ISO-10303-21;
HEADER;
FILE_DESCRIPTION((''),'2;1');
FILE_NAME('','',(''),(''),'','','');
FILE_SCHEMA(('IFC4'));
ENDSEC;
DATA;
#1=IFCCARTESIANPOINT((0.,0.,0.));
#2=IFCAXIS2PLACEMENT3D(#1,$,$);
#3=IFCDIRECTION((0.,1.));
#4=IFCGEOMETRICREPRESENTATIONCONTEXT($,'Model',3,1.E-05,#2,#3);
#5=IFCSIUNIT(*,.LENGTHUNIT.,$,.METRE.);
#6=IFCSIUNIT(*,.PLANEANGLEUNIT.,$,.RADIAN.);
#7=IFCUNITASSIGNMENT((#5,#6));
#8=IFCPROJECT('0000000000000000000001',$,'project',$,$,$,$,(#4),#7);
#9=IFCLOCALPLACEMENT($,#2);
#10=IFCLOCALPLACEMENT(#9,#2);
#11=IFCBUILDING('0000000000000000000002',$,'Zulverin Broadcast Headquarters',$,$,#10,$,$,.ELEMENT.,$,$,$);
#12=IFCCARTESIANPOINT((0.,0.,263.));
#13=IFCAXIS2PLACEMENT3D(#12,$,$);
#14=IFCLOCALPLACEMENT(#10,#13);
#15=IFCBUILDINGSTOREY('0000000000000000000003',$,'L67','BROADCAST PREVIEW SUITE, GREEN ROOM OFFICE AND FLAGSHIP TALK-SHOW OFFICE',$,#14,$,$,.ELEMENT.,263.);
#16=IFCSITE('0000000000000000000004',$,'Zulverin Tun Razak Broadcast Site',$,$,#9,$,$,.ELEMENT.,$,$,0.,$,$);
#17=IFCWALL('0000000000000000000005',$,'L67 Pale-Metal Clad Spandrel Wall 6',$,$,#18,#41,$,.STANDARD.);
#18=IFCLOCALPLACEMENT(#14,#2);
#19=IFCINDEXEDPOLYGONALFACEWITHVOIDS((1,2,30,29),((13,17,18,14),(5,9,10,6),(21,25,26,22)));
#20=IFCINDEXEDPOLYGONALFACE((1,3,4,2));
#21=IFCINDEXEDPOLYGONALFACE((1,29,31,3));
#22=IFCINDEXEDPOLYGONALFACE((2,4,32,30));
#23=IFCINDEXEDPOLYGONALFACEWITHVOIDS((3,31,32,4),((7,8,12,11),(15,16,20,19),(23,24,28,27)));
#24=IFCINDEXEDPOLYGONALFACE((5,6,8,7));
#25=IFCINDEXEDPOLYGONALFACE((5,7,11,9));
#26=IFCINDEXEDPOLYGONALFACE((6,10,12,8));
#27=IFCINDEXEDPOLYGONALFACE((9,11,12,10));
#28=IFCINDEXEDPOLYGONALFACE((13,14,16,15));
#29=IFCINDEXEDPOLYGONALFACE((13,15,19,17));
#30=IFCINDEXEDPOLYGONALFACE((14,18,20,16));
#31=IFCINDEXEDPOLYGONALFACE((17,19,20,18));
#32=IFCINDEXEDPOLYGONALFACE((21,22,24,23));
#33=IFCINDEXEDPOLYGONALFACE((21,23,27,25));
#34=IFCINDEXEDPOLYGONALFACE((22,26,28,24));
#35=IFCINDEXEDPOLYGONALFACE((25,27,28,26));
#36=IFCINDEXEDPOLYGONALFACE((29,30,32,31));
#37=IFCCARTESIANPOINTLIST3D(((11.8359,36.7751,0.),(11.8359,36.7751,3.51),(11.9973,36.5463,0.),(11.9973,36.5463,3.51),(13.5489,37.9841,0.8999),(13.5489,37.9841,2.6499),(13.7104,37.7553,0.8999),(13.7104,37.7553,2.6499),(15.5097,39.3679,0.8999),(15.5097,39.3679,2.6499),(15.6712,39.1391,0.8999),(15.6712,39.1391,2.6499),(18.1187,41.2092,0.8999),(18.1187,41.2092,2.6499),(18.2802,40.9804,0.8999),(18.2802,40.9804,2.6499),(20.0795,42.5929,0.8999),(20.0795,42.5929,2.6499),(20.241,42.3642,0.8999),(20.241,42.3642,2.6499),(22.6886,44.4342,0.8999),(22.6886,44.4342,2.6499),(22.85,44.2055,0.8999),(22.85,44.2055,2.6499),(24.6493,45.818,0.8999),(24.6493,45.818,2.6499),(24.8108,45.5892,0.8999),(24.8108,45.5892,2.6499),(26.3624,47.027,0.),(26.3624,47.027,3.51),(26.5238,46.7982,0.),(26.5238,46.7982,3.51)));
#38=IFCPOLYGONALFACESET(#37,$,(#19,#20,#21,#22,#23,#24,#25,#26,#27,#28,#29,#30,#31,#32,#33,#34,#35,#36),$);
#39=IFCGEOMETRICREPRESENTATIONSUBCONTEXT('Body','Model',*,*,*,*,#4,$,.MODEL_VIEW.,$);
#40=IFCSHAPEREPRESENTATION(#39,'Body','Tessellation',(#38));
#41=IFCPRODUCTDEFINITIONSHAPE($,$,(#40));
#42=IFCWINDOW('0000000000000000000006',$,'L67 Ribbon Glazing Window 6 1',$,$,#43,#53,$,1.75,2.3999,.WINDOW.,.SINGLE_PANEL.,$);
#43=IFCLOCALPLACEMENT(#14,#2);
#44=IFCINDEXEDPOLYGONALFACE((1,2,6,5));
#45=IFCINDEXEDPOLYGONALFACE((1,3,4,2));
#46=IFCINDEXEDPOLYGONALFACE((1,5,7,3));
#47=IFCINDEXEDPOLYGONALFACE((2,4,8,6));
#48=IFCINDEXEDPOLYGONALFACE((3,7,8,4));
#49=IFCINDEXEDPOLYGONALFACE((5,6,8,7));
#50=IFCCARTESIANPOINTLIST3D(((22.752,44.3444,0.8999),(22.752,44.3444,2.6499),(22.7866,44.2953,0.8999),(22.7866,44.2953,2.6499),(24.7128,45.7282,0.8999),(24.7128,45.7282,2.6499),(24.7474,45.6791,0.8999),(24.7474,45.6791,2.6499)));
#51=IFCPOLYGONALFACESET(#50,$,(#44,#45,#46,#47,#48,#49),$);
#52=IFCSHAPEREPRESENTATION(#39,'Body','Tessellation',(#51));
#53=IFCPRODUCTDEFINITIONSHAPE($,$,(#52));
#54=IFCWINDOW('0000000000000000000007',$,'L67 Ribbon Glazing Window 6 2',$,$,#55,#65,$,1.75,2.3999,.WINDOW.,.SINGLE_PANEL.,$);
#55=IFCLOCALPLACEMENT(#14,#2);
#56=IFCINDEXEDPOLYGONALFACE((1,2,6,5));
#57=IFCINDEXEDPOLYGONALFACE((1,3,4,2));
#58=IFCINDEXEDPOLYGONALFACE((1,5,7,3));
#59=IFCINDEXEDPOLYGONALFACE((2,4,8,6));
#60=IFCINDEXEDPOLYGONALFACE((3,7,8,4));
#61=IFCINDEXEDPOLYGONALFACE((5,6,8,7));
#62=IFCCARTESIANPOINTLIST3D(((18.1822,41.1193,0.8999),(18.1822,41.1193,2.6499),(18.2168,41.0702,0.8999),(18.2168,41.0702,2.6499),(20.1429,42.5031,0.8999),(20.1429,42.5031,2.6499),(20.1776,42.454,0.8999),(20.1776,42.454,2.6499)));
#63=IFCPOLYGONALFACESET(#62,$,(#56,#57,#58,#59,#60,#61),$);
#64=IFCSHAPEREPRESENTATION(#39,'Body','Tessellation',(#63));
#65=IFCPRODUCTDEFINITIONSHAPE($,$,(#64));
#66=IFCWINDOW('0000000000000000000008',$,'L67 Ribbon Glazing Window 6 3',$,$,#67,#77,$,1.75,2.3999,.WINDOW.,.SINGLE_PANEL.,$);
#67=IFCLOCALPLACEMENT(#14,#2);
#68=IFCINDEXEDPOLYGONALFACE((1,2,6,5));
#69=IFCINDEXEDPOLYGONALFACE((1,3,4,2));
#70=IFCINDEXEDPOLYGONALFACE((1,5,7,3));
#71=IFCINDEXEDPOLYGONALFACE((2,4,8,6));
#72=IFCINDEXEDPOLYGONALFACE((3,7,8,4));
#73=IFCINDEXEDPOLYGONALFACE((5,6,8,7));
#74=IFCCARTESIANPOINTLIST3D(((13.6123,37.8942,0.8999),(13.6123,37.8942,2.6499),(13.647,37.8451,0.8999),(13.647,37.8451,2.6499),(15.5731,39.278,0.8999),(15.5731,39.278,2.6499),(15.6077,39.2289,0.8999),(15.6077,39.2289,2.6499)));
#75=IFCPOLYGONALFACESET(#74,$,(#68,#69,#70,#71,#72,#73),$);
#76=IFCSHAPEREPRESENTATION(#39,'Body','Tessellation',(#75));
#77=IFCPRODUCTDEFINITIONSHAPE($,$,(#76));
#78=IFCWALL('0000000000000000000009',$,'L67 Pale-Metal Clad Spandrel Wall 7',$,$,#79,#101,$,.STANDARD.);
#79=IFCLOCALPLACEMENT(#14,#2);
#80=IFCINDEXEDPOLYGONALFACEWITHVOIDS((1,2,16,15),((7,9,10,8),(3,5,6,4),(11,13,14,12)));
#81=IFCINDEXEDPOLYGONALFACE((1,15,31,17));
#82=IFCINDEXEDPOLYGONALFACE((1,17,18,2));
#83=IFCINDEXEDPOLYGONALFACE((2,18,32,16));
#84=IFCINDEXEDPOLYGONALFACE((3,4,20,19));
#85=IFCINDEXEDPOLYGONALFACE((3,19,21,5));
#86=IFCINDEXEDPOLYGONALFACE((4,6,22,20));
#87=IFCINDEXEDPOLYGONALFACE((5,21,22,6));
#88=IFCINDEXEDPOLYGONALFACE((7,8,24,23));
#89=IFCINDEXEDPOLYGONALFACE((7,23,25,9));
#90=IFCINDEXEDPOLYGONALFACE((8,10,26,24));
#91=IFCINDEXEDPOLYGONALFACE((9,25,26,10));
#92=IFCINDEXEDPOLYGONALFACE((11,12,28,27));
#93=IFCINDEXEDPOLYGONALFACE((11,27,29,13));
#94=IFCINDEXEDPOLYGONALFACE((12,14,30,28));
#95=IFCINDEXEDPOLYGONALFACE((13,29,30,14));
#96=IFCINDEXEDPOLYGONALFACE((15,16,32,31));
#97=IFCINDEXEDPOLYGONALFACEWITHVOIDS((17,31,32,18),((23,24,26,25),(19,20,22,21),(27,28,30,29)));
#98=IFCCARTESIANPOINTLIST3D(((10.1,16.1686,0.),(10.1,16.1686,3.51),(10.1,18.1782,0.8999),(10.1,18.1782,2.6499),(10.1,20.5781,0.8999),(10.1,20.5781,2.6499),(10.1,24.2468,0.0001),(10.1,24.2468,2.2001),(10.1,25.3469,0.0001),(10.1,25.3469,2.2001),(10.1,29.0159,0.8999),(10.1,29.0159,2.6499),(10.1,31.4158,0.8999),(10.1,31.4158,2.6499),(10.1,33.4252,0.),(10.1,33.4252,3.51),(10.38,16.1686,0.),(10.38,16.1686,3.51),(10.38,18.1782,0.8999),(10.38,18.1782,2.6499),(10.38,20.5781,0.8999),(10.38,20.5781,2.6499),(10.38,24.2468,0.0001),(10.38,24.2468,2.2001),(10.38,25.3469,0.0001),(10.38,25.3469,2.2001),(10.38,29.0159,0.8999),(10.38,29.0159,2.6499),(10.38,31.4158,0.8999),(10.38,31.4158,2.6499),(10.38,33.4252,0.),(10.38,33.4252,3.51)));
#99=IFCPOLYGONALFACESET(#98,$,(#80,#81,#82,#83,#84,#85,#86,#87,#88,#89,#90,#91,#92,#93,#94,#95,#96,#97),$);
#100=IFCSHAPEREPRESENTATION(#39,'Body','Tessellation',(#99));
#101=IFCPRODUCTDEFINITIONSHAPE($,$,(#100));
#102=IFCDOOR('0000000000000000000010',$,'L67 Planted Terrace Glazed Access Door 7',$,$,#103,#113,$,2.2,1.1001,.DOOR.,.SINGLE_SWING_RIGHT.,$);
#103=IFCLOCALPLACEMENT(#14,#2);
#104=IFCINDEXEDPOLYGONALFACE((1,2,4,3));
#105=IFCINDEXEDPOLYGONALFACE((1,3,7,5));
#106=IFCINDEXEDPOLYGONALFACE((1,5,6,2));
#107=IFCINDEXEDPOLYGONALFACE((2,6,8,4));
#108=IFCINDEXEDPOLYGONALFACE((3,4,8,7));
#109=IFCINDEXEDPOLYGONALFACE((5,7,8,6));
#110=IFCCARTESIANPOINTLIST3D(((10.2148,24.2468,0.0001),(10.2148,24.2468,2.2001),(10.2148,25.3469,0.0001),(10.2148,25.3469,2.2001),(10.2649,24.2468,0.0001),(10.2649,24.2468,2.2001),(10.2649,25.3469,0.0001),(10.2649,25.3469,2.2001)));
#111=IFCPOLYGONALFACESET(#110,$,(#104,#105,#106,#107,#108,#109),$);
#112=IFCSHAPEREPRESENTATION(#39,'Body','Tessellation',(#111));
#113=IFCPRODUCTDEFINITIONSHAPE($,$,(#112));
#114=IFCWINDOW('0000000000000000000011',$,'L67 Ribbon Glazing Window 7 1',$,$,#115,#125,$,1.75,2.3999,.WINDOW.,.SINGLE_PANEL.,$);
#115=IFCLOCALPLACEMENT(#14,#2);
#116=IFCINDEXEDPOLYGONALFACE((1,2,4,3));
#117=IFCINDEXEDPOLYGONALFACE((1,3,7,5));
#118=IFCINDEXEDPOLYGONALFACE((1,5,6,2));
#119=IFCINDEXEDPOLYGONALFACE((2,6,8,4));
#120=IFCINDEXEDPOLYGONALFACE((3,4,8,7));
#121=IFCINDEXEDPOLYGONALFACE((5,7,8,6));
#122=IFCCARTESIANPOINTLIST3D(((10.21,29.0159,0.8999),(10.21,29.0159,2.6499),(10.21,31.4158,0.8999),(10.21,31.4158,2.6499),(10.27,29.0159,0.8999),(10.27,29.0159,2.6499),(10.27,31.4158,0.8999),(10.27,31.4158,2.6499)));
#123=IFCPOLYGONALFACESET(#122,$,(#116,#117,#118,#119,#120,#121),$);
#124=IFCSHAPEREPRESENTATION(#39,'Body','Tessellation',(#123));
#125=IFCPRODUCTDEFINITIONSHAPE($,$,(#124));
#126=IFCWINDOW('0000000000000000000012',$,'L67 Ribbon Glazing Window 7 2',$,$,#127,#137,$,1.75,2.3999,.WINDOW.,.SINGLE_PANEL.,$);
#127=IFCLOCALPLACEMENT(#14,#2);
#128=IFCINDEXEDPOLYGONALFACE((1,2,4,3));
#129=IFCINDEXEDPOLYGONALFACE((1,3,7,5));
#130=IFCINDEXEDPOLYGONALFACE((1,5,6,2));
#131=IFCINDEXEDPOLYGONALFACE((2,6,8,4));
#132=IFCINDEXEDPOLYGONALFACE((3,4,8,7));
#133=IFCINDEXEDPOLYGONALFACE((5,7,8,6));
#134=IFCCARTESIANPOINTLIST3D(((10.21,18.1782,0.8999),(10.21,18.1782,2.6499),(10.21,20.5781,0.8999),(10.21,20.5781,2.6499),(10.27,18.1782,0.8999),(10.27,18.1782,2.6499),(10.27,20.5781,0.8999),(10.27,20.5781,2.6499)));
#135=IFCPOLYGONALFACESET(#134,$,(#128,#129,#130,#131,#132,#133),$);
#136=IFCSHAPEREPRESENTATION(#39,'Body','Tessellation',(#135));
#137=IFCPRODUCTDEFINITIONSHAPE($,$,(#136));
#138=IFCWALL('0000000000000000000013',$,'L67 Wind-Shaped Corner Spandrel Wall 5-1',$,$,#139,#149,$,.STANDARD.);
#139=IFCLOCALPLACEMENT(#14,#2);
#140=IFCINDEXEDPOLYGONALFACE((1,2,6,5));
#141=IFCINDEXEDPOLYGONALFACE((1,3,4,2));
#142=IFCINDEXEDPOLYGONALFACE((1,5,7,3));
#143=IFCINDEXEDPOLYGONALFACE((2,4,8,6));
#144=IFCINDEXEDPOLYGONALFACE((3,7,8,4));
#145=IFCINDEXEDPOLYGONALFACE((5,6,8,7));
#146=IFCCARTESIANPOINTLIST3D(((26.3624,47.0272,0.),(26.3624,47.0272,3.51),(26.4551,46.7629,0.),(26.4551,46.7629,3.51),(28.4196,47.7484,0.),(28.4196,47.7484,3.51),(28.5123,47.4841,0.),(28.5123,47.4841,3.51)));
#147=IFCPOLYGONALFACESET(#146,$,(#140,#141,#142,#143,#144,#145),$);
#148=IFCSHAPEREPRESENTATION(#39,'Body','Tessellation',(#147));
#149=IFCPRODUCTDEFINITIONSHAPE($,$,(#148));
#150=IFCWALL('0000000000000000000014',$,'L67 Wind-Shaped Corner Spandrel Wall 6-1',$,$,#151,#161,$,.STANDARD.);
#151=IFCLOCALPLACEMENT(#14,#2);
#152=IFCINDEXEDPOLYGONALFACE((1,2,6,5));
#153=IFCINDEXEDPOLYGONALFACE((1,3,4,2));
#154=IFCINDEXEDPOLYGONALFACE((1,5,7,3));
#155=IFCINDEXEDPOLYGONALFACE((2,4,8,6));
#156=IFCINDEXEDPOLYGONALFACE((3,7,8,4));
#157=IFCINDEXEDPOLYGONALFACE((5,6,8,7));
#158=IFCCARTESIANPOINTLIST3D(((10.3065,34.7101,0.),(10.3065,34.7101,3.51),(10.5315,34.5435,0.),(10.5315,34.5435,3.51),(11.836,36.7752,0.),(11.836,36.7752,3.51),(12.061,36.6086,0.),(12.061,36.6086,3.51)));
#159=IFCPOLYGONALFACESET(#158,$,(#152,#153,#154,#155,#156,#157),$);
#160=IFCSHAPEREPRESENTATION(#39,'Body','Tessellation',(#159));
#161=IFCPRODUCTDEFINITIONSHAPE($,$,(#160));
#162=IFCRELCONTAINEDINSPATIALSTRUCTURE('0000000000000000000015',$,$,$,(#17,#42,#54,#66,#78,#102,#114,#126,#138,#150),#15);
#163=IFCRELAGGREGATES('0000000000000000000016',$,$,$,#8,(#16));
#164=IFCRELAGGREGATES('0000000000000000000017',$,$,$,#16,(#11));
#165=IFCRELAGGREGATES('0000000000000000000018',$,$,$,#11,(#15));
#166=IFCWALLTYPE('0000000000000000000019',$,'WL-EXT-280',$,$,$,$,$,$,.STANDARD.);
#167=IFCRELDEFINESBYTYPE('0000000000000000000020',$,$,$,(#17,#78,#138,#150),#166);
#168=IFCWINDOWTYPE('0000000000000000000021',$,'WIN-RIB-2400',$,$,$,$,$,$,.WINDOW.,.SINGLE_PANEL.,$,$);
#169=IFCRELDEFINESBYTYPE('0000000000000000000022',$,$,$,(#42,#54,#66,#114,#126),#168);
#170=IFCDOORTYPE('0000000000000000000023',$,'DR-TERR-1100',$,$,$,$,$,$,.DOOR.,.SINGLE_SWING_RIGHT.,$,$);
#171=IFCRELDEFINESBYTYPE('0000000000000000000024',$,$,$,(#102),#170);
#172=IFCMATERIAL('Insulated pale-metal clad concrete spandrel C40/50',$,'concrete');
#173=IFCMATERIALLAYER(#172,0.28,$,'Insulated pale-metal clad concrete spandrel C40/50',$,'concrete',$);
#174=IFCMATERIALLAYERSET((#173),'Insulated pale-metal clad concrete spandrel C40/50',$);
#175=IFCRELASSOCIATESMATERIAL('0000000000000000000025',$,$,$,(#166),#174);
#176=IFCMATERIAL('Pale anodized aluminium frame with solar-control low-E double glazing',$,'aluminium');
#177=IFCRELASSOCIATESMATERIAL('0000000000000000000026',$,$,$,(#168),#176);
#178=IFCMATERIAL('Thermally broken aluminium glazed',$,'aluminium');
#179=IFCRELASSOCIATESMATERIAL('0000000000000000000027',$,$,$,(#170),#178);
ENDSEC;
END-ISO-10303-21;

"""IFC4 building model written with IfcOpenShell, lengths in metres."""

from ifc_helpers import new_model, si_unit, direction, frame, frame_2d, origin, place, context, subcontext, project, spatial, rectangle, extrude, material, layer, layer_set, type_object, element, fill, save


model = new_model("IFC4")

# Units and contexts
model_context = context("Model", 3, precision=1e-05, world=origin(), true_north=direction((0.0, 1.0)))
body_context = subcontext(model_context, "Body", "Model", "MODEL_VIEW")
ifc_project = project(units=[si_unit("LENGTHUNIT", "METRE"), si_unit("PLANEANGLEUNIT", "RADIAN")], contexts=[model_context])

# Site, building, storey
site_placement = place(None, origin())
site = spatial("IfcSite", under=ifc_project, at=site_placement, Name="Zulverin Tun Razak Broadcast Site", CompositionType="ELEMENT", RefElevation=0.0)
building_placement = place(site_placement, origin())
building = spatial("IfcBuilding", under=site, at=building_placement, Name="Zulverin Broadcast Headquarters", CompositionType="ELEMENT")
storey_placement = place(building_placement, frame((0.0, 0.0, 263.0)))
storey = spatial("IfcBuildingStorey", under=building, at=storey_placement, Name="L67", Description="BROADCAST PREVIEW SUITE, GREEN ROOM OFFICE AND FLAGSHIP TALK-SHOW OFFICE", CompositionType="ELEMENT", Elevation=263.0)

# Wall, openings, windows
ifc_material_1 = material(Name="Insulated pale-metal clad concrete spandrel C40/50", Category="concrete")
ifc_layer_1 = layer(ifc_material_1, 0.28, Name="Insulated pale-metal clad concrete spandrel C40/50", Category="concrete")
ifc_layer_set_1 = layer_set([ifc_layer_1], Name="Insulated pale-metal clad concrete spandrel C40/50")
wall_type_1 = type_object("IfcWallType", Name="WL-EXT-280", PredefinedType="STANDARD", material=ifc_layer_set_1)
wall_1_placement = place(storey_placement, frame((26.4431, 46.9126, 0.0), z_axis=(0.0, 0.0, 1.0), x_axis=(-0.817024, -0.576603, 0.0)))
wall_1 = element("IfcWall", 1, at=wall_1_placement, inside=storey, type_object=wall_type_1, Name="L67 Pale-Metal Clad Spandrel Wall 6", PredefinedType="STANDARD", context=body_context, shape_type="SweptSolid", body=[
    extrude(rectangle(XDim=17.7798, YDim=0.28, at=frame_2d((8.8899, 0.0))), origin(), (0.0, 0.0, 1.0), 3.51),
])
opening_1_placement = place(wall_1_placement, frame((2.0967, 0.0, 0.8999)))
opening_1 = element("IfcOpeningElement", 2, at=opening_1_placement, cuts=wall_1, PredefinedType="OPENING", context=body_context, shape_type="SweptSolid", body=[
    extrude(rectangle(XDim=2.3999, YDim=1.75, at=frame_2d((1.2, 0.875))), frame((0.0, 0.1499, 0.0), z_axis=(0.0, -1.0, 0.0), x_axis=(1.0, 0.0, 0.0)), (0.0, 0.0, 1.0), 0.3),
])
opening_2_placement = place(wall_1_placement, frame((7.6899, 0.0, 0.8999)))
opening_2 = element("IfcOpeningElement", 3, at=opening_2_placement, cuts=wall_1, PredefinedType="OPENING", context=body_context, shape_type="SweptSolid", body=[
    extrude(rectangle(XDim=2.3999, YDim=1.75, at=frame_2d((1.2, 0.875))), frame((0.0, 0.1499, 0.0), z_axis=(0.0, -1.0, 0.0), x_axis=(1.0, 0.0, 0.0)), (0.0, 0.0, 1.0), 0.3),
])
opening_3_placement = place(wall_1_placement, frame((13.2832, 0.0, 0.8999)))
opening_3 = element("IfcOpeningElement", 4, at=opening_3_placement, cuts=wall_1, PredefinedType="OPENING", context=body_context, shape_type="SweptSolid", body=[
    extrude(rectangle(XDim=2.3999, YDim=1.75, at=frame_2d((1.2, 0.875))), frame((0.0, 0.1499, 0.0), z_axis=(0.0, -1.0, 0.0), x_axis=(1.0, 0.0, 0.0)), (0.0, 0.0, 1.0), 0.3),
])
ifc_material_2 = material(Name="Pale anodized aluminium frame with solar-control low-E double glazing", Category="aluminium")
window_type = type_object("IfcWindowType", Name="WIN-RIB-2400", PartitioningType="SINGLE_PANEL", PredefinedType="WINDOW", material=ifc_material_2)
window_1_placement = place(opening_1_placement, origin())
window_1 = element("IfcWindow", 5, at=window_1_placement, inside=storey, type_object=window_type, Name="L67 Ribbon Glazing Window 6 1", OverallHeight=1.75, OverallWidth=2.3999, PartitioningType="SINGLE_PANEL", PredefinedType="WINDOW", context=body_context, shape_type="SweptSolid", body=[
    extrude(rectangle(XDim=2.3999, YDim=1.75, at=frame_2d((1.2, 0.875))), frame((0.0, 0.03, 0.0), z_axis=(0.0, -1.0, 0.0), x_axis=(1.0, 0.0, 0.0)), (0.0, 0.0, 1.0), 0.0601),
])
fill(opening_1, window_1)
window_2_placement = place(opening_2_placement, origin())
window_2 = element("IfcWindow", 6, at=window_2_placement, inside=storey, type_object=window_type, Name="L67 Ribbon Glazing Window 6 2", OverallHeight=1.75, OverallWidth=2.3999, PartitioningType="SINGLE_PANEL", PredefinedType="WINDOW", context=body_context, shape_type="SweptSolid", body=[
    extrude(rectangle(XDim=2.3999, YDim=1.75, at=frame_2d((1.2, 0.875))), frame((0.0, 0.03, 0.0), z_axis=(0.0, -1.0, 0.0), x_axis=(1.0, 0.0, 0.0)), (0.0, 0.0, 1.0), 0.0601),
])
fill(opening_2, window_2)
window_3_placement = place(opening_3_placement, origin())
window_3 = element("IfcWindow", 7, at=window_3_placement, inside=storey, type_object=window_type, Name="L67 Ribbon Glazing Window 6 3", OverallHeight=1.75, OverallWidth=2.3999, PartitioningType="SINGLE_PANEL", PredefinedType="WINDOW", context=body_context, shape_type="SweptSolid", body=[
    extrude(rectangle(XDim=2.3999, YDim=1.75, at=frame_2d((1.2, 0.875))), frame((0.0, 0.03, 0.0), z_axis=(0.0, -1.0, 0.0), x_axis=(1.0, 0.0, 0.0)), (0.0, 0.0, 1.0), 0.0601),
])
fill(opening_3, window_3)

# Wall, openings, door, windows
wall_2_placement = place(storey_placement, frame((10.24, 33.4253, 0.0), z_axis=(0.0, 0.0, 1.0), x_axis=(0.0, -1.0, 0.0)))
wall_2 = element("IfcWall", 8, at=wall_2_placement, inside=storey, type_object=wall_type_1, Name="L67 Pale-Metal Clad Spandrel Wall 7", PredefinedType="STANDARD", context=body_context, shape_type="SweptSolid", body=[
    extrude(rectangle(XDim=17.2566, YDim=0.28, at=frame_2d((8.6284, 0.0))), origin(), (0.0, 0.0, 1.0), 3.51),
])
opening_4_placement = place(wall_2_placement, frame((8.0784, 0.0, 0.0)))
opening_4 = element("IfcOpeningElement", 9, at=opening_4_placement, cuts=wall_2, PredefinedType="OPENING", context=body_context, shape_type="SweptSolid", body=[
    extrude(rectangle(XDim=1.1001, YDim=2.2, at=frame_2d((0.55, 1.1001))), frame((0.0, 0.1499, 0.0), z_axis=(0.0, -1.0, 0.0), x_axis=(1.0, 0.0, 0.0)), (0.0, 0.0, 1.0), 0.3),
])
opening_5_placement = place(wall_2_placement, frame((2.0095, 0.0, 0.8999)))
opening_5 = element("IfcOpeningElement", 10, at=opening_5_placement, cuts=wall_2, PredefinedType="OPENING", context=body_context, shape_type="SweptSolid", body=[
    extrude(rectangle(XDim=2.3999, YDim=1.75, at=frame_2d((1.2, 0.875))), frame((0.0, 0.1499, 0.0), z_axis=(0.0, -1.0, 0.0), x_axis=(1.0, 0.0, 0.0)), (0.0, 0.0, 1.0), 0.3),
])
opening_6_placement = place(wall_2_placement, frame((12.8472, 0.0, 0.8999)))
opening_6 = element("IfcOpeningElement", 11, at=opening_6_placement, cuts=wall_2, PredefinedType="OPENING", context=body_context, shape_type="SweptSolid", body=[
    extrude(rectangle(XDim=2.3999, YDim=1.75, at=frame_2d((1.2, 0.875))), frame((0.0, 0.1499, 0.0), z_axis=(0.0, -1.0, 0.0), x_axis=(1.0, 0.0, 0.0)), (0.0, 0.0, 1.0), 0.3),
])
ifc_material_3 = material(Name="Thermally broken aluminium glazed", Category="aluminium")
door_type_1 = type_object("IfcDoorType", Name="DR-TERR-1100", OperationType="SINGLE_SWING_RIGHT", PredefinedType="DOOR", material=ifc_material_3)
door_1_placement = place(opening_4_placement, origin())
door_1 = element("IfcDoor", 12, at=door_1_placement, inside=storey, type_object=door_type_1, Name="L67 Planted Terrace Glazed Access Door 7", OperationType="SINGLE_SWING_RIGHT", OverallHeight=2.2, OverallWidth=1.1001, PredefinedType="DOOR", context=body_context, shape_type="SweptSolid", body=[
    extrude(rectangle(XDim=1.1001, YDim=2.2, at=frame_2d((0.55, 1.1001))), frame((0.0, 0.0249, 0.0), z_axis=(0.0, -1.0, 0.0), x_axis=(1.0, 0.0, 0.0)), (0.0, 0.0, 1.0), 0.05),
])
fill(opening_4, door_1)
window_4_placement = place(opening_5_placement, origin())
window_4 = element("IfcWindow", 13, at=window_4_placement, inside=storey, type_object=window_type, Name="L67 Ribbon Glazing Window 7 1", OverallHeight=1.75, OverallWidth=2.3999, PartitioningType="SINGLE_PANEL", PredefinedType="WINDOW", context=body_context, shape_type="SweptSolid", body=[
    extrude(rectangle(XDim=2.3999, YDim=1.75, at=frame_2d((1.2, 0.875))), frame((0.0, 0.03, 0.0), z_axis=(0.0, -1.0, 0.0), x_axis=(1.0, 0.0, 0.0)), (0.0, 0.0, 1.0), 0.0601),
])
fill(opening_5, window_4)
window_5_placement = place(opening_6_placement, origin())
window_5 = element("IfcWindow", 14, at=window_5_placement, inside=storey, type_object=window_type, Name="L67 Ribbon Glazing Window 7 2", OverallHeight=1.75, OverallWidth=2.3999, PartitioningType="SINGLE_PANEL", PredefinedType="WINDOW", context=body_context, shape_type="SweptSolid", body=[
    extrude(rectangle(XDim=2.3999, YDim=1.75, at=frame_2d((1.2, 0.875))), frame((0.0, 0.03, 0.0), z_axis=(0.0, -1.0, 0.0), x_axis=(1.0, 0.0, 0.0)), (0.0, 0.0, 1.0), 0.0601),
])
fill(opening_6, window_5)

# Walls
wall_3_placement = place(storey_placement, frame((28.4658, 47.6162, 0.0), z_axis=(0.0, 0.0, 1.0), x_axis=(-0.943687, -0.330839, 0.0)))
element("IfcWall", 15, at=wall_3_placement, inside=storey, type_object=wall_type_1, Name="L67 Wind-Shaped Corner Spandrel Wall 5-1", PredefinedType="STANDARD", context=body_context, shape_type="SweptSolid", body=[
    extrude(rectangle(XDim=2.1799, YDim=0.28, at=frame_2d((1.0898, 0.0))), origin(), (0.0, 0.0, 1.0), 3.51),
])
wall_4_placement = place(storey_placement, frame((11.9485, 36.6919, 0.0), z_axis=(0.0, 0.0, 1.0), x_axis=(-0.595171, -0.803599, 0.0)))
element("IfcWall", 16, at=wall_4_placement, inside=storey, type_object=wall_type_1, Name="L67 Wind-Shaped Corner Spandrel Wall 6-1", PredefinedType="STANDARD", context=body_context, shape_type="SweptSolid", body=[
    extrude(rectangle(XDim=2.5698, YDim=0.28, at=frame_2d((1.2849, 0.0))), origin(), (0.0, 0.0, 1.0), 3.51),
])

save(model, "model.ifc")
